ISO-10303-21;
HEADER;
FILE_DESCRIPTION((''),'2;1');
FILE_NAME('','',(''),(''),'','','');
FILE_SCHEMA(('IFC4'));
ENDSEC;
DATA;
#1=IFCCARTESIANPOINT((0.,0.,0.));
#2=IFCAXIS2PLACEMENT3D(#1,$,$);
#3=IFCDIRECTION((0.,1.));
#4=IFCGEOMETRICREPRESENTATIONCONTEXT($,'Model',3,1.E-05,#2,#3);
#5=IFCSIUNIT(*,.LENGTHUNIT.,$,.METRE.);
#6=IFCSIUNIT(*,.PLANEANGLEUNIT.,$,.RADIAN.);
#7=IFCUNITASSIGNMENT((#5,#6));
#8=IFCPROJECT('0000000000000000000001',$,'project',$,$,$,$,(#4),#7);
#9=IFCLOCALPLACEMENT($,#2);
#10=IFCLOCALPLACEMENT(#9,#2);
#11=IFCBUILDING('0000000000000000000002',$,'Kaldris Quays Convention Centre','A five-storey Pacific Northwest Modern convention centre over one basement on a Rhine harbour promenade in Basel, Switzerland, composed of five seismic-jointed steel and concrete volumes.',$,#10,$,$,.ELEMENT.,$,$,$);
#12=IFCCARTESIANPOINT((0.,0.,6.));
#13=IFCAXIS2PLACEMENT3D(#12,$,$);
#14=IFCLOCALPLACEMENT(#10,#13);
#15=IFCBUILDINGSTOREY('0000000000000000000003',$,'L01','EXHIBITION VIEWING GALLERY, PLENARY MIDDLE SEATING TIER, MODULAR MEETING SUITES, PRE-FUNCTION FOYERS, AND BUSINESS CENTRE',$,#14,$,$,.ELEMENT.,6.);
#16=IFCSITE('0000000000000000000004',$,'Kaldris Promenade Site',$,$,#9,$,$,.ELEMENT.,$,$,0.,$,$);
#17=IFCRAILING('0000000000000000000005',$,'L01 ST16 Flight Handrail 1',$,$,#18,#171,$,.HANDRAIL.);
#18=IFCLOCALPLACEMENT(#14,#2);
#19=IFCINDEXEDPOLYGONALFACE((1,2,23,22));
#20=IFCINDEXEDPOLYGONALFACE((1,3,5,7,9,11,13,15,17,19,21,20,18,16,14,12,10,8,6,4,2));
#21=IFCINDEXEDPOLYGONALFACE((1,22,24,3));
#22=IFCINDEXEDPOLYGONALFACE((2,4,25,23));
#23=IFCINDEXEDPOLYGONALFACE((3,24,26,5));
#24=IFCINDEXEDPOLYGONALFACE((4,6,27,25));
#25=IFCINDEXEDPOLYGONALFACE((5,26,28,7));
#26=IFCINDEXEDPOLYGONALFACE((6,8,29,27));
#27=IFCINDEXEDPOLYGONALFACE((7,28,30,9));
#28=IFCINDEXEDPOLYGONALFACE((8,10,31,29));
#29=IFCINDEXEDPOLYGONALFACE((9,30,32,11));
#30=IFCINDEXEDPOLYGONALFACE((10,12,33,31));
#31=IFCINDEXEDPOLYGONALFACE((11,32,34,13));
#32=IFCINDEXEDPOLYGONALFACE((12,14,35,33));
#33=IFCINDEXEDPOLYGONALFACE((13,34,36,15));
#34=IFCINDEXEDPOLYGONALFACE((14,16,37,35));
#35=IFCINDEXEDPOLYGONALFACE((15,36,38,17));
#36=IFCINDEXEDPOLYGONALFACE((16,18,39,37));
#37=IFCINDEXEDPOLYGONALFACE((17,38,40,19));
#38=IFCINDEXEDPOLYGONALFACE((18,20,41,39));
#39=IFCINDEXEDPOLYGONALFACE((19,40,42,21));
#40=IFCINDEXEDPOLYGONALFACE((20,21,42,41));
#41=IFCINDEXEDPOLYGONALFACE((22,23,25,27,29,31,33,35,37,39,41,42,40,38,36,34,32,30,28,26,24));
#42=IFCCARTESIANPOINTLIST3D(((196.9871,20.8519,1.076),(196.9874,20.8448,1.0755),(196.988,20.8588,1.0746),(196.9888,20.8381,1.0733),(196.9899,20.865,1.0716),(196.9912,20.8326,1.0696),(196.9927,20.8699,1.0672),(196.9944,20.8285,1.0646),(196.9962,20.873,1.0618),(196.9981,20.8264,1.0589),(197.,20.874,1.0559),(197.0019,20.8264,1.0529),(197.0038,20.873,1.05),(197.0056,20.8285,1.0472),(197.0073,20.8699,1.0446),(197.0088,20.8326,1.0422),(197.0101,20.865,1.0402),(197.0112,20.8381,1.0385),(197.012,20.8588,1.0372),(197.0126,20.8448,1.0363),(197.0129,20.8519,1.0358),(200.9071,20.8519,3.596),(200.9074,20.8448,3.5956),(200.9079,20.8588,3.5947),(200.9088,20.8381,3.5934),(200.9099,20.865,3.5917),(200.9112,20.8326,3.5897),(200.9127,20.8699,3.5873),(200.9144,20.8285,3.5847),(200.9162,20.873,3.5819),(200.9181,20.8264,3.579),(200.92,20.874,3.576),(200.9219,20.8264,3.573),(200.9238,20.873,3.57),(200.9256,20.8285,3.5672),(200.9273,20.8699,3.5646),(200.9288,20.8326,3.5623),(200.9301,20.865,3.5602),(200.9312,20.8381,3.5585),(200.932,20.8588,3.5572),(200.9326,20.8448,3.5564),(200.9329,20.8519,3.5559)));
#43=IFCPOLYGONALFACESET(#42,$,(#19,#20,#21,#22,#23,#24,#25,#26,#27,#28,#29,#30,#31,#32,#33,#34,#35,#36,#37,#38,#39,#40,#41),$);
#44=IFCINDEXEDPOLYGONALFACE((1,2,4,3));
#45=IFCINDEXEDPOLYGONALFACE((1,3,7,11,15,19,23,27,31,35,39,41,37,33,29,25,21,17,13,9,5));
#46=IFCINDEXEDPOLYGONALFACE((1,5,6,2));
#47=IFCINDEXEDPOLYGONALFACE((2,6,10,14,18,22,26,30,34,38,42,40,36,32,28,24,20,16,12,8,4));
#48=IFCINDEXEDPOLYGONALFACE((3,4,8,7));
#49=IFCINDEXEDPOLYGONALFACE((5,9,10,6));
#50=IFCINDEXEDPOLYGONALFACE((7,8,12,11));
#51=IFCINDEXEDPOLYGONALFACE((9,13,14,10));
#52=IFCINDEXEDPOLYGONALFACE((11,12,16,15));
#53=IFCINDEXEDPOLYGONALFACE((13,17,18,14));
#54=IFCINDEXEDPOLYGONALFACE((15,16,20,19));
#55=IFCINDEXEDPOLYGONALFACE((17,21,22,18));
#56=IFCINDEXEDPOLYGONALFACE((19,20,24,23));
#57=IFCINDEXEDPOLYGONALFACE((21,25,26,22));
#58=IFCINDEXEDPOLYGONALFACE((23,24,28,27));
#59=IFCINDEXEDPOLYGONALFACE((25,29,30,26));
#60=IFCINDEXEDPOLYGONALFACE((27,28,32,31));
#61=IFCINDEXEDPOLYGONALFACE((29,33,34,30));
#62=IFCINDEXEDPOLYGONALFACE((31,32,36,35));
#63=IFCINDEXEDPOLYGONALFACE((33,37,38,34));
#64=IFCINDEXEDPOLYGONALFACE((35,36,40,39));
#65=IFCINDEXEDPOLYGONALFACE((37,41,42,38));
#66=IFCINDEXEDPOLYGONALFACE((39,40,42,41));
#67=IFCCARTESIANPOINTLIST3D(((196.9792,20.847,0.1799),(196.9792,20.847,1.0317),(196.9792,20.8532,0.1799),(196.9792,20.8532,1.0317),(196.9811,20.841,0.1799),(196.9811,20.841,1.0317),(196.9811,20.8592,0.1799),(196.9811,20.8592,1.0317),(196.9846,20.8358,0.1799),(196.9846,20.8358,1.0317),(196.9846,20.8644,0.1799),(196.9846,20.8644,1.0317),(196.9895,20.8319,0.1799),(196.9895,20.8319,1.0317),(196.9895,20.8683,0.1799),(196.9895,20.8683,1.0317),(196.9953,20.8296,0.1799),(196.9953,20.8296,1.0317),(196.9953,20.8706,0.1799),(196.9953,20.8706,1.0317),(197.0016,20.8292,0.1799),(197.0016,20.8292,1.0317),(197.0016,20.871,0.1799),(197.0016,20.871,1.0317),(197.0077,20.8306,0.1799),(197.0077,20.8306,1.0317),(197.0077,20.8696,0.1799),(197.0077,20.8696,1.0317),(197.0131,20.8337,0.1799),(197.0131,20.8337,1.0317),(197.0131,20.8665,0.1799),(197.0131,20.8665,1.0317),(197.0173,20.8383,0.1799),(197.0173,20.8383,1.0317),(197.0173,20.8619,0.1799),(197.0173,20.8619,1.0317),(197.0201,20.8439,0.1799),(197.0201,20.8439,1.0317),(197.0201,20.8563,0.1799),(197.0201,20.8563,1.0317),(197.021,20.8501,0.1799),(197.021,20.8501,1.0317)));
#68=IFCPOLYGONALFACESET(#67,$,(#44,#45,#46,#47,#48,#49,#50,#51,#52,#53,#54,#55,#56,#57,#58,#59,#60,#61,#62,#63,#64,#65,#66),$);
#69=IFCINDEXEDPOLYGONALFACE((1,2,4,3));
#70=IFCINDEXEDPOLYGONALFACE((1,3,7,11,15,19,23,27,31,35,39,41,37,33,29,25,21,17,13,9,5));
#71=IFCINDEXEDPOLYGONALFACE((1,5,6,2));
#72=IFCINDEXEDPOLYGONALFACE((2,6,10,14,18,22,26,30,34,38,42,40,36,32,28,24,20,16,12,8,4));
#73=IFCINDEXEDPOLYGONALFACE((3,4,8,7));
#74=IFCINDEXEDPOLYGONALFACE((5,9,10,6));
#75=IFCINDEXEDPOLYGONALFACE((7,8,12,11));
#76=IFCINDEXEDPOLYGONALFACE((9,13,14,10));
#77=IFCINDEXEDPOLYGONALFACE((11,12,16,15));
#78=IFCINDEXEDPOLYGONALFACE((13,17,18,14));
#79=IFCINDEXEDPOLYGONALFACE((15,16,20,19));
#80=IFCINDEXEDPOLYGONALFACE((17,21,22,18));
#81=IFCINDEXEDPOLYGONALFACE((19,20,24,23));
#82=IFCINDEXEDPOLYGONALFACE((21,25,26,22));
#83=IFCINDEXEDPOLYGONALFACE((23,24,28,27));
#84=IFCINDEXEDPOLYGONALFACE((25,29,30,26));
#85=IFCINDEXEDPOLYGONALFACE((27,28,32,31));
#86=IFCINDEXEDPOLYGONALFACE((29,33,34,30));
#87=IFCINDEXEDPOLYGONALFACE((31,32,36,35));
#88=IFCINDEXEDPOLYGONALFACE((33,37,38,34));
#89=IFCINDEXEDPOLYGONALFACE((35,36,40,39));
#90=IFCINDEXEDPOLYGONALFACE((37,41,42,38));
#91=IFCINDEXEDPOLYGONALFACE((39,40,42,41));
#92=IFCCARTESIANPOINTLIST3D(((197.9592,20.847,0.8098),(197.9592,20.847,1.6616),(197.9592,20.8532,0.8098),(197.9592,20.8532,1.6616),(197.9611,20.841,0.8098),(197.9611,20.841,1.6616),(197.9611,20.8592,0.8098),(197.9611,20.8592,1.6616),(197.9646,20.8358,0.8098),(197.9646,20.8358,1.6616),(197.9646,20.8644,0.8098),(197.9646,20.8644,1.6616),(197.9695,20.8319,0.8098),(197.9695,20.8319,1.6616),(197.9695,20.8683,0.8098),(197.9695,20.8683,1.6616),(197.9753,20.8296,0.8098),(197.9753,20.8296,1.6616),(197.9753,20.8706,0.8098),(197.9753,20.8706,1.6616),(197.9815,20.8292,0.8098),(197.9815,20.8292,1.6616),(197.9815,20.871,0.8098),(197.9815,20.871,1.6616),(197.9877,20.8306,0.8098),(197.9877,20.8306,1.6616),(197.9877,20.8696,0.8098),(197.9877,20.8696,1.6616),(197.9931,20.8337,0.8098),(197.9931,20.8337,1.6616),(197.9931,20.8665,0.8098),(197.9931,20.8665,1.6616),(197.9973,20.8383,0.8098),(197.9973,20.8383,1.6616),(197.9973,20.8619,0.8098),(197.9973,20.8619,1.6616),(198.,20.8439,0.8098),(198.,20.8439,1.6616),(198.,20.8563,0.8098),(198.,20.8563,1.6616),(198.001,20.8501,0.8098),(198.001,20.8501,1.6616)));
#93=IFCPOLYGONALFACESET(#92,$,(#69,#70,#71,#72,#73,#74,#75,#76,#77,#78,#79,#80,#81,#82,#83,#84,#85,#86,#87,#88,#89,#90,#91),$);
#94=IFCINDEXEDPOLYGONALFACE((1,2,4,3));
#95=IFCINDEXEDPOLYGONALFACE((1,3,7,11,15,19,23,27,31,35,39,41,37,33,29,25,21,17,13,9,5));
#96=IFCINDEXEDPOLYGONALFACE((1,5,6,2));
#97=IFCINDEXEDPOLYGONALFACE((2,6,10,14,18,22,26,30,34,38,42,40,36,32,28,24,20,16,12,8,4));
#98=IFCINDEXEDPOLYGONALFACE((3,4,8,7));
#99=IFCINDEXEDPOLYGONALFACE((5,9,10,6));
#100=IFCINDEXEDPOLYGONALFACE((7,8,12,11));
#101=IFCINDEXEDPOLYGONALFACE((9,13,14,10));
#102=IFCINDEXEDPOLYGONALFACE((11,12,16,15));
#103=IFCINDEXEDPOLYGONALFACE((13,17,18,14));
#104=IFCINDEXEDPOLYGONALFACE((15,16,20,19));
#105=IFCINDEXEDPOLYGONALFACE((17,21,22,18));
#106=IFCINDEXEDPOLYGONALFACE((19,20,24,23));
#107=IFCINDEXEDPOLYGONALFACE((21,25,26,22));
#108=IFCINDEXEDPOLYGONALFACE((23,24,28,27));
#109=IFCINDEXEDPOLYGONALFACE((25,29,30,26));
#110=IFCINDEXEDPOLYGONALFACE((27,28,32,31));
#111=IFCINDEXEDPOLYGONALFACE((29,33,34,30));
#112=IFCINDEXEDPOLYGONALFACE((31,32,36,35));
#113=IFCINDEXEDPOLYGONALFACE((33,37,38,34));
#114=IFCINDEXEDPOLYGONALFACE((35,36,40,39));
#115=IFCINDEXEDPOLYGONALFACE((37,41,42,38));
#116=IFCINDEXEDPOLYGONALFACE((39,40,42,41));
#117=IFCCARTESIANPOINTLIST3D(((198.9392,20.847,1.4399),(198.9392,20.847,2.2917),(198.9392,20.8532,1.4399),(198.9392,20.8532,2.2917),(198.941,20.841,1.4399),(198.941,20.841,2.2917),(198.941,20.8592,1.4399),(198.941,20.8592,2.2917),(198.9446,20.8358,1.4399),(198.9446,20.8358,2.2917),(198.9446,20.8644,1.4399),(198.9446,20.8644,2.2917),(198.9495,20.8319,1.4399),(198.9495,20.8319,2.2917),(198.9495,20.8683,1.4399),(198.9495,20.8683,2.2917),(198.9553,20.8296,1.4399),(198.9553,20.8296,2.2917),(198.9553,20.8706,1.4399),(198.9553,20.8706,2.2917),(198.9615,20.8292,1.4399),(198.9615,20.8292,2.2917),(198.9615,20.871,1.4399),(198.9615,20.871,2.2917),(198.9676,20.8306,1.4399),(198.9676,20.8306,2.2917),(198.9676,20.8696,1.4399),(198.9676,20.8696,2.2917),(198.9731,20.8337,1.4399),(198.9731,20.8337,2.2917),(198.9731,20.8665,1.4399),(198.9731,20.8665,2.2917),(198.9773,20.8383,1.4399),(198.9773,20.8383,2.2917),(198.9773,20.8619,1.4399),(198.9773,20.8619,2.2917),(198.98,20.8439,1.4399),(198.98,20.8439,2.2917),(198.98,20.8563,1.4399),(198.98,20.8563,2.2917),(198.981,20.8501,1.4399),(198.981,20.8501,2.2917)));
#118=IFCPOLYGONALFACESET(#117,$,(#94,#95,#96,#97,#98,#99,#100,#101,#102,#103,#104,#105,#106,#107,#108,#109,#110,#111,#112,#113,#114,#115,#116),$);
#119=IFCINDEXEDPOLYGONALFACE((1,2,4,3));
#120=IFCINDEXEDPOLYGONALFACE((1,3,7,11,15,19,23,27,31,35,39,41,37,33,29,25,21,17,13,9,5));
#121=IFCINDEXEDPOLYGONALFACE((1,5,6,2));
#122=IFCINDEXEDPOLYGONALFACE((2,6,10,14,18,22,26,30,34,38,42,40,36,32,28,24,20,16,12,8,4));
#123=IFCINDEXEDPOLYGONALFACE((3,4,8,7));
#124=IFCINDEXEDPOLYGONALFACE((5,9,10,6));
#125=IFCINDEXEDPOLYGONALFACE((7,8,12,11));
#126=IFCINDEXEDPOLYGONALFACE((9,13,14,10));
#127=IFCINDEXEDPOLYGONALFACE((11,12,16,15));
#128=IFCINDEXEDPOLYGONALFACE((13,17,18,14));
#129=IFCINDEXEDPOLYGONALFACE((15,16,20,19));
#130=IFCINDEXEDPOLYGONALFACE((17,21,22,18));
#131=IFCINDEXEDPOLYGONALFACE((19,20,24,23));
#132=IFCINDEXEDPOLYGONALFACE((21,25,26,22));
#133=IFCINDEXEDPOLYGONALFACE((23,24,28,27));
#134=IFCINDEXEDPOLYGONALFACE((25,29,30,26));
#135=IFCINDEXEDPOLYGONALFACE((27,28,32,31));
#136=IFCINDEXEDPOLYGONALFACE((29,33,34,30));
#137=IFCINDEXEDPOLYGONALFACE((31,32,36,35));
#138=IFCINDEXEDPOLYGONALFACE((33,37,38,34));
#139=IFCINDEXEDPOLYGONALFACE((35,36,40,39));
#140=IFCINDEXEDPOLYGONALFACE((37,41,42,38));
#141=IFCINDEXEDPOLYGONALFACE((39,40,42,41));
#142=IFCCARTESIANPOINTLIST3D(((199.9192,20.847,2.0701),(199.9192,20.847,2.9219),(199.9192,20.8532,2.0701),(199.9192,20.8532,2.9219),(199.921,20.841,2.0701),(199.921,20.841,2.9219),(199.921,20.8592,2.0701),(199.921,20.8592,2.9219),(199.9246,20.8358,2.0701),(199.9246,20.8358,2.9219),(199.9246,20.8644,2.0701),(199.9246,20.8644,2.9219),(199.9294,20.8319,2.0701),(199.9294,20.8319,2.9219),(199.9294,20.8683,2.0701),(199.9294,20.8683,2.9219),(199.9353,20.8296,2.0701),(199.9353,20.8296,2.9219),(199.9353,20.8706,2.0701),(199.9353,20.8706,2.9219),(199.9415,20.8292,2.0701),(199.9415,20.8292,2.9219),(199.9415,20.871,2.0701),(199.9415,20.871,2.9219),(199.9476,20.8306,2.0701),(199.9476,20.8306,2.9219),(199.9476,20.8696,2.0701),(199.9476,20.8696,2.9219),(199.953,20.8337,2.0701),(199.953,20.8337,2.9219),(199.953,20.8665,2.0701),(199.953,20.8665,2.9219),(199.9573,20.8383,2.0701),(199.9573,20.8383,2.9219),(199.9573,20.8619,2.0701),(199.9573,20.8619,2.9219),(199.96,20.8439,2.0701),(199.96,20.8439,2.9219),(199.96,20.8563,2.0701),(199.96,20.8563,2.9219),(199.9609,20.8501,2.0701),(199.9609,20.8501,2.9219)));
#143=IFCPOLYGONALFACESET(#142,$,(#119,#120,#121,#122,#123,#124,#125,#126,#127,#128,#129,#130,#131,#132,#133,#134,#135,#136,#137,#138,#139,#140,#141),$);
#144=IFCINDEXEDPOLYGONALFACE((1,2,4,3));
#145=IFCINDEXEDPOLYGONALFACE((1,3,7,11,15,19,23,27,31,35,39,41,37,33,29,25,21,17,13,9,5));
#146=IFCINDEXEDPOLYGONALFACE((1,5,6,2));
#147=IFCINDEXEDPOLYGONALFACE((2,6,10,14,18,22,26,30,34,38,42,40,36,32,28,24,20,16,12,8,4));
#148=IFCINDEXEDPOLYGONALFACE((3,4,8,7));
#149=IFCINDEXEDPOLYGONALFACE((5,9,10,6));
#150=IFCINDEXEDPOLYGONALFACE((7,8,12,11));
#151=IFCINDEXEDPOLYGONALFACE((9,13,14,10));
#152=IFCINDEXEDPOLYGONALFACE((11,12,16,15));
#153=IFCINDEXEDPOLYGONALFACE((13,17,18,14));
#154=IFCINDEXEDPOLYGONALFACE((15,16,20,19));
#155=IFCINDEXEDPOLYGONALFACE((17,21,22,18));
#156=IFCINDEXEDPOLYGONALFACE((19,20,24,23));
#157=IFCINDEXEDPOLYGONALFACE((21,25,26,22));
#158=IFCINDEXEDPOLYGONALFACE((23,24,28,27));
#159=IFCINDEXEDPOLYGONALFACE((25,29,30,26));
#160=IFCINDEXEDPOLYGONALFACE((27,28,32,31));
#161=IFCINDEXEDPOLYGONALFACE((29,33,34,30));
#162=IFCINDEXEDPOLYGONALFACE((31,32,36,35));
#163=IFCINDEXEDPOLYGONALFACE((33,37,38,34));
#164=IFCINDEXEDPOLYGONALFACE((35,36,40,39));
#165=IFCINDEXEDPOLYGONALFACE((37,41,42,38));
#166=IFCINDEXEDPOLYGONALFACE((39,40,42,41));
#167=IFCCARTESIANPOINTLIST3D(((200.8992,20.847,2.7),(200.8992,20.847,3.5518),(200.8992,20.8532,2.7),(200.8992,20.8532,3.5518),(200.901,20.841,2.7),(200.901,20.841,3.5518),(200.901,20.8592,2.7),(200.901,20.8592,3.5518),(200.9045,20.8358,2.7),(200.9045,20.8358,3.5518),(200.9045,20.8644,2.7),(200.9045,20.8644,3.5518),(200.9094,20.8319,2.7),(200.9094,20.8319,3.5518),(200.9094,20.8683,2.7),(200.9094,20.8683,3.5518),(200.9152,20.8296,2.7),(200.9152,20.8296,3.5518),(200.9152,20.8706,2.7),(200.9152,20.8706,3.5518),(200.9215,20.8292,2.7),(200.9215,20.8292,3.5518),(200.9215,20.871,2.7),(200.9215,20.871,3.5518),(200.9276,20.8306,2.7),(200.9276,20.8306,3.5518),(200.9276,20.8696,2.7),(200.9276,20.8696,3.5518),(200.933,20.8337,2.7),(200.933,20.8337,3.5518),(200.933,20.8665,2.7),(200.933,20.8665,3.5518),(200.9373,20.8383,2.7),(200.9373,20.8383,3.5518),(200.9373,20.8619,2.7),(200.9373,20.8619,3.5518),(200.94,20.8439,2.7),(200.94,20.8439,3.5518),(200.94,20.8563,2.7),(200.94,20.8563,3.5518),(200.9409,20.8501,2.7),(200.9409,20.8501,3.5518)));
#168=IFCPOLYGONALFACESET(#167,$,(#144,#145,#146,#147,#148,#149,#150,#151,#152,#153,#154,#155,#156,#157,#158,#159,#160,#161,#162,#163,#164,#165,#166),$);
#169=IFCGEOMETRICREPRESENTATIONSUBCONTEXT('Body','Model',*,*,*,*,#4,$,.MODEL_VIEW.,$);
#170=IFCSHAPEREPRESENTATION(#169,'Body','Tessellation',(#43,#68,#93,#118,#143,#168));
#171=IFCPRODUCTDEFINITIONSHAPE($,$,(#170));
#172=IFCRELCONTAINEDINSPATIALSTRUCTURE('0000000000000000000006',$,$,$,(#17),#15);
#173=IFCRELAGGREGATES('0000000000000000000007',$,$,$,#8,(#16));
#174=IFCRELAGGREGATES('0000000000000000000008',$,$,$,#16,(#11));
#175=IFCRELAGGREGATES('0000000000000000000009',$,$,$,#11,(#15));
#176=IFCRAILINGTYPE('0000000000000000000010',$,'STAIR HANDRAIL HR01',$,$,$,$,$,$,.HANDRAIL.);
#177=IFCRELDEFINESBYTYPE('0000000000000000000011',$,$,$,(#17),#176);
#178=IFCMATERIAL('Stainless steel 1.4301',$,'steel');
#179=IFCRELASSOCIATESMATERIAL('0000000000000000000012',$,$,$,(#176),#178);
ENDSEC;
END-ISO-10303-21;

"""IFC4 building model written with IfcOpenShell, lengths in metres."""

from ifc_helpers import new_model, si_unit, direction, frame, origin, origin_2d, place, context, subcontext, project, spatial, circle, extrude, material, type_object, element, save


model = new_model("IFC4")

# Units and contexts
model_context = context("Model", 3, precision=1e-05, world=origin(), true_north=direction((0.0, 1.0)))
body_context = subcontext(model_context, "Body", "Model", "MODEL_VIEW")
ifc_project = project(units=[si_unit("LENGTHUNIT", "METRE"), si_unit("PLANEANGLEUNIT", "RADIAN")], contexts=[model_context])

# Site, building, storey
site_placement = place(None, origin())
site = spatial("IfcSite", under=ifc_project, at=site_placement, Name="Kaldris Promenade Site", CompositionType="ELEMENT", RefElevation=0.0)
building_placement = place(site_placement, origin())
building = spatial("IfcBuilding", under=site, at=building_placement, Name="Kaldris Quays Convention Centre", Description="A five-storey Pacific Northwest Modern convention centre over one basement on a Rhine harbour promenade in Basel, Switzerland, composed of five seismic-jointed steel and concrete volumes.", CompositionType="ELEMENT")
storey_placement = place(building_placement, frame((0.0, 0.0, 6.0)))
storey = spatial("IfcBuildingStorey", under=building, at=storey_placement, Name="L01", Description="EXHIBITION VIEWING GALLERY, PLENARY MIDDLE SEATING TIER, MODULAR MEETING SUITES, PRE-FUNCTION FOYERS, AND BUSINESS CENTRE", CompositionType="ELEMENT", Elevation=6.0)

# Railing
ifc_material_1 = material(Name="Stainless steel 1.4301", Category="steel")
railing_type_1 = type_object("IfcRailingType", Name="STAIR HANDRAIL HR01", PredefinedType="HANDRAIL", material=ifc_material_1)
railing_1_placement = place(storey_placement, frame((197.0, 20.8501, 0.1799)))
element("IfcRailing", 1, at=railing_1_placement, inside=storey, type_object=railing_type_1, Name="L01 ST16 Flight Handrail 1", PredefinedType="HANDRAIL", context=body_context, shape_type="SweptSolid", body=[
    extrude(circle(Radius=0.0239, at=origin_2d()), frame((0.0, 0.0, 0.876), z_axis=(0.841172, 0.0, 0.540768), x_axis=(0.0, 1.0, 0.0)), (0.0, 0.0, 1.0), 4.6602),
    extrude(circle(Radius=0.021, at=origin_2d()), origin(), (0.0, 0.0, 1.0), 0.8518),
    extrude(circle(Radius=0.021, at=origin_2d()), frame((0.98, 0.0, 0.6299)), (0.0, 0.0, 1.0), 0.8518),
    extrude(circle(Radius=0.021, at=origin_2d()), frame((1.96, 0.0, 1.26)), (0.0, 0.0, 1.0), 0.8518),
    extrude(circle(Radius=0.021, at=origin_2d()), frame((2.9399, 0.0, 1.8901)), (0.0, 0.0, 1.0), 0.8518),
    extrude(circle(Radius=0.021, at=origin_2d()), frame((3.9199, 0.0, 2.52)), (0.0, 0.0, 1.0), 0.8518),
])

save(model, "model.ifc")
